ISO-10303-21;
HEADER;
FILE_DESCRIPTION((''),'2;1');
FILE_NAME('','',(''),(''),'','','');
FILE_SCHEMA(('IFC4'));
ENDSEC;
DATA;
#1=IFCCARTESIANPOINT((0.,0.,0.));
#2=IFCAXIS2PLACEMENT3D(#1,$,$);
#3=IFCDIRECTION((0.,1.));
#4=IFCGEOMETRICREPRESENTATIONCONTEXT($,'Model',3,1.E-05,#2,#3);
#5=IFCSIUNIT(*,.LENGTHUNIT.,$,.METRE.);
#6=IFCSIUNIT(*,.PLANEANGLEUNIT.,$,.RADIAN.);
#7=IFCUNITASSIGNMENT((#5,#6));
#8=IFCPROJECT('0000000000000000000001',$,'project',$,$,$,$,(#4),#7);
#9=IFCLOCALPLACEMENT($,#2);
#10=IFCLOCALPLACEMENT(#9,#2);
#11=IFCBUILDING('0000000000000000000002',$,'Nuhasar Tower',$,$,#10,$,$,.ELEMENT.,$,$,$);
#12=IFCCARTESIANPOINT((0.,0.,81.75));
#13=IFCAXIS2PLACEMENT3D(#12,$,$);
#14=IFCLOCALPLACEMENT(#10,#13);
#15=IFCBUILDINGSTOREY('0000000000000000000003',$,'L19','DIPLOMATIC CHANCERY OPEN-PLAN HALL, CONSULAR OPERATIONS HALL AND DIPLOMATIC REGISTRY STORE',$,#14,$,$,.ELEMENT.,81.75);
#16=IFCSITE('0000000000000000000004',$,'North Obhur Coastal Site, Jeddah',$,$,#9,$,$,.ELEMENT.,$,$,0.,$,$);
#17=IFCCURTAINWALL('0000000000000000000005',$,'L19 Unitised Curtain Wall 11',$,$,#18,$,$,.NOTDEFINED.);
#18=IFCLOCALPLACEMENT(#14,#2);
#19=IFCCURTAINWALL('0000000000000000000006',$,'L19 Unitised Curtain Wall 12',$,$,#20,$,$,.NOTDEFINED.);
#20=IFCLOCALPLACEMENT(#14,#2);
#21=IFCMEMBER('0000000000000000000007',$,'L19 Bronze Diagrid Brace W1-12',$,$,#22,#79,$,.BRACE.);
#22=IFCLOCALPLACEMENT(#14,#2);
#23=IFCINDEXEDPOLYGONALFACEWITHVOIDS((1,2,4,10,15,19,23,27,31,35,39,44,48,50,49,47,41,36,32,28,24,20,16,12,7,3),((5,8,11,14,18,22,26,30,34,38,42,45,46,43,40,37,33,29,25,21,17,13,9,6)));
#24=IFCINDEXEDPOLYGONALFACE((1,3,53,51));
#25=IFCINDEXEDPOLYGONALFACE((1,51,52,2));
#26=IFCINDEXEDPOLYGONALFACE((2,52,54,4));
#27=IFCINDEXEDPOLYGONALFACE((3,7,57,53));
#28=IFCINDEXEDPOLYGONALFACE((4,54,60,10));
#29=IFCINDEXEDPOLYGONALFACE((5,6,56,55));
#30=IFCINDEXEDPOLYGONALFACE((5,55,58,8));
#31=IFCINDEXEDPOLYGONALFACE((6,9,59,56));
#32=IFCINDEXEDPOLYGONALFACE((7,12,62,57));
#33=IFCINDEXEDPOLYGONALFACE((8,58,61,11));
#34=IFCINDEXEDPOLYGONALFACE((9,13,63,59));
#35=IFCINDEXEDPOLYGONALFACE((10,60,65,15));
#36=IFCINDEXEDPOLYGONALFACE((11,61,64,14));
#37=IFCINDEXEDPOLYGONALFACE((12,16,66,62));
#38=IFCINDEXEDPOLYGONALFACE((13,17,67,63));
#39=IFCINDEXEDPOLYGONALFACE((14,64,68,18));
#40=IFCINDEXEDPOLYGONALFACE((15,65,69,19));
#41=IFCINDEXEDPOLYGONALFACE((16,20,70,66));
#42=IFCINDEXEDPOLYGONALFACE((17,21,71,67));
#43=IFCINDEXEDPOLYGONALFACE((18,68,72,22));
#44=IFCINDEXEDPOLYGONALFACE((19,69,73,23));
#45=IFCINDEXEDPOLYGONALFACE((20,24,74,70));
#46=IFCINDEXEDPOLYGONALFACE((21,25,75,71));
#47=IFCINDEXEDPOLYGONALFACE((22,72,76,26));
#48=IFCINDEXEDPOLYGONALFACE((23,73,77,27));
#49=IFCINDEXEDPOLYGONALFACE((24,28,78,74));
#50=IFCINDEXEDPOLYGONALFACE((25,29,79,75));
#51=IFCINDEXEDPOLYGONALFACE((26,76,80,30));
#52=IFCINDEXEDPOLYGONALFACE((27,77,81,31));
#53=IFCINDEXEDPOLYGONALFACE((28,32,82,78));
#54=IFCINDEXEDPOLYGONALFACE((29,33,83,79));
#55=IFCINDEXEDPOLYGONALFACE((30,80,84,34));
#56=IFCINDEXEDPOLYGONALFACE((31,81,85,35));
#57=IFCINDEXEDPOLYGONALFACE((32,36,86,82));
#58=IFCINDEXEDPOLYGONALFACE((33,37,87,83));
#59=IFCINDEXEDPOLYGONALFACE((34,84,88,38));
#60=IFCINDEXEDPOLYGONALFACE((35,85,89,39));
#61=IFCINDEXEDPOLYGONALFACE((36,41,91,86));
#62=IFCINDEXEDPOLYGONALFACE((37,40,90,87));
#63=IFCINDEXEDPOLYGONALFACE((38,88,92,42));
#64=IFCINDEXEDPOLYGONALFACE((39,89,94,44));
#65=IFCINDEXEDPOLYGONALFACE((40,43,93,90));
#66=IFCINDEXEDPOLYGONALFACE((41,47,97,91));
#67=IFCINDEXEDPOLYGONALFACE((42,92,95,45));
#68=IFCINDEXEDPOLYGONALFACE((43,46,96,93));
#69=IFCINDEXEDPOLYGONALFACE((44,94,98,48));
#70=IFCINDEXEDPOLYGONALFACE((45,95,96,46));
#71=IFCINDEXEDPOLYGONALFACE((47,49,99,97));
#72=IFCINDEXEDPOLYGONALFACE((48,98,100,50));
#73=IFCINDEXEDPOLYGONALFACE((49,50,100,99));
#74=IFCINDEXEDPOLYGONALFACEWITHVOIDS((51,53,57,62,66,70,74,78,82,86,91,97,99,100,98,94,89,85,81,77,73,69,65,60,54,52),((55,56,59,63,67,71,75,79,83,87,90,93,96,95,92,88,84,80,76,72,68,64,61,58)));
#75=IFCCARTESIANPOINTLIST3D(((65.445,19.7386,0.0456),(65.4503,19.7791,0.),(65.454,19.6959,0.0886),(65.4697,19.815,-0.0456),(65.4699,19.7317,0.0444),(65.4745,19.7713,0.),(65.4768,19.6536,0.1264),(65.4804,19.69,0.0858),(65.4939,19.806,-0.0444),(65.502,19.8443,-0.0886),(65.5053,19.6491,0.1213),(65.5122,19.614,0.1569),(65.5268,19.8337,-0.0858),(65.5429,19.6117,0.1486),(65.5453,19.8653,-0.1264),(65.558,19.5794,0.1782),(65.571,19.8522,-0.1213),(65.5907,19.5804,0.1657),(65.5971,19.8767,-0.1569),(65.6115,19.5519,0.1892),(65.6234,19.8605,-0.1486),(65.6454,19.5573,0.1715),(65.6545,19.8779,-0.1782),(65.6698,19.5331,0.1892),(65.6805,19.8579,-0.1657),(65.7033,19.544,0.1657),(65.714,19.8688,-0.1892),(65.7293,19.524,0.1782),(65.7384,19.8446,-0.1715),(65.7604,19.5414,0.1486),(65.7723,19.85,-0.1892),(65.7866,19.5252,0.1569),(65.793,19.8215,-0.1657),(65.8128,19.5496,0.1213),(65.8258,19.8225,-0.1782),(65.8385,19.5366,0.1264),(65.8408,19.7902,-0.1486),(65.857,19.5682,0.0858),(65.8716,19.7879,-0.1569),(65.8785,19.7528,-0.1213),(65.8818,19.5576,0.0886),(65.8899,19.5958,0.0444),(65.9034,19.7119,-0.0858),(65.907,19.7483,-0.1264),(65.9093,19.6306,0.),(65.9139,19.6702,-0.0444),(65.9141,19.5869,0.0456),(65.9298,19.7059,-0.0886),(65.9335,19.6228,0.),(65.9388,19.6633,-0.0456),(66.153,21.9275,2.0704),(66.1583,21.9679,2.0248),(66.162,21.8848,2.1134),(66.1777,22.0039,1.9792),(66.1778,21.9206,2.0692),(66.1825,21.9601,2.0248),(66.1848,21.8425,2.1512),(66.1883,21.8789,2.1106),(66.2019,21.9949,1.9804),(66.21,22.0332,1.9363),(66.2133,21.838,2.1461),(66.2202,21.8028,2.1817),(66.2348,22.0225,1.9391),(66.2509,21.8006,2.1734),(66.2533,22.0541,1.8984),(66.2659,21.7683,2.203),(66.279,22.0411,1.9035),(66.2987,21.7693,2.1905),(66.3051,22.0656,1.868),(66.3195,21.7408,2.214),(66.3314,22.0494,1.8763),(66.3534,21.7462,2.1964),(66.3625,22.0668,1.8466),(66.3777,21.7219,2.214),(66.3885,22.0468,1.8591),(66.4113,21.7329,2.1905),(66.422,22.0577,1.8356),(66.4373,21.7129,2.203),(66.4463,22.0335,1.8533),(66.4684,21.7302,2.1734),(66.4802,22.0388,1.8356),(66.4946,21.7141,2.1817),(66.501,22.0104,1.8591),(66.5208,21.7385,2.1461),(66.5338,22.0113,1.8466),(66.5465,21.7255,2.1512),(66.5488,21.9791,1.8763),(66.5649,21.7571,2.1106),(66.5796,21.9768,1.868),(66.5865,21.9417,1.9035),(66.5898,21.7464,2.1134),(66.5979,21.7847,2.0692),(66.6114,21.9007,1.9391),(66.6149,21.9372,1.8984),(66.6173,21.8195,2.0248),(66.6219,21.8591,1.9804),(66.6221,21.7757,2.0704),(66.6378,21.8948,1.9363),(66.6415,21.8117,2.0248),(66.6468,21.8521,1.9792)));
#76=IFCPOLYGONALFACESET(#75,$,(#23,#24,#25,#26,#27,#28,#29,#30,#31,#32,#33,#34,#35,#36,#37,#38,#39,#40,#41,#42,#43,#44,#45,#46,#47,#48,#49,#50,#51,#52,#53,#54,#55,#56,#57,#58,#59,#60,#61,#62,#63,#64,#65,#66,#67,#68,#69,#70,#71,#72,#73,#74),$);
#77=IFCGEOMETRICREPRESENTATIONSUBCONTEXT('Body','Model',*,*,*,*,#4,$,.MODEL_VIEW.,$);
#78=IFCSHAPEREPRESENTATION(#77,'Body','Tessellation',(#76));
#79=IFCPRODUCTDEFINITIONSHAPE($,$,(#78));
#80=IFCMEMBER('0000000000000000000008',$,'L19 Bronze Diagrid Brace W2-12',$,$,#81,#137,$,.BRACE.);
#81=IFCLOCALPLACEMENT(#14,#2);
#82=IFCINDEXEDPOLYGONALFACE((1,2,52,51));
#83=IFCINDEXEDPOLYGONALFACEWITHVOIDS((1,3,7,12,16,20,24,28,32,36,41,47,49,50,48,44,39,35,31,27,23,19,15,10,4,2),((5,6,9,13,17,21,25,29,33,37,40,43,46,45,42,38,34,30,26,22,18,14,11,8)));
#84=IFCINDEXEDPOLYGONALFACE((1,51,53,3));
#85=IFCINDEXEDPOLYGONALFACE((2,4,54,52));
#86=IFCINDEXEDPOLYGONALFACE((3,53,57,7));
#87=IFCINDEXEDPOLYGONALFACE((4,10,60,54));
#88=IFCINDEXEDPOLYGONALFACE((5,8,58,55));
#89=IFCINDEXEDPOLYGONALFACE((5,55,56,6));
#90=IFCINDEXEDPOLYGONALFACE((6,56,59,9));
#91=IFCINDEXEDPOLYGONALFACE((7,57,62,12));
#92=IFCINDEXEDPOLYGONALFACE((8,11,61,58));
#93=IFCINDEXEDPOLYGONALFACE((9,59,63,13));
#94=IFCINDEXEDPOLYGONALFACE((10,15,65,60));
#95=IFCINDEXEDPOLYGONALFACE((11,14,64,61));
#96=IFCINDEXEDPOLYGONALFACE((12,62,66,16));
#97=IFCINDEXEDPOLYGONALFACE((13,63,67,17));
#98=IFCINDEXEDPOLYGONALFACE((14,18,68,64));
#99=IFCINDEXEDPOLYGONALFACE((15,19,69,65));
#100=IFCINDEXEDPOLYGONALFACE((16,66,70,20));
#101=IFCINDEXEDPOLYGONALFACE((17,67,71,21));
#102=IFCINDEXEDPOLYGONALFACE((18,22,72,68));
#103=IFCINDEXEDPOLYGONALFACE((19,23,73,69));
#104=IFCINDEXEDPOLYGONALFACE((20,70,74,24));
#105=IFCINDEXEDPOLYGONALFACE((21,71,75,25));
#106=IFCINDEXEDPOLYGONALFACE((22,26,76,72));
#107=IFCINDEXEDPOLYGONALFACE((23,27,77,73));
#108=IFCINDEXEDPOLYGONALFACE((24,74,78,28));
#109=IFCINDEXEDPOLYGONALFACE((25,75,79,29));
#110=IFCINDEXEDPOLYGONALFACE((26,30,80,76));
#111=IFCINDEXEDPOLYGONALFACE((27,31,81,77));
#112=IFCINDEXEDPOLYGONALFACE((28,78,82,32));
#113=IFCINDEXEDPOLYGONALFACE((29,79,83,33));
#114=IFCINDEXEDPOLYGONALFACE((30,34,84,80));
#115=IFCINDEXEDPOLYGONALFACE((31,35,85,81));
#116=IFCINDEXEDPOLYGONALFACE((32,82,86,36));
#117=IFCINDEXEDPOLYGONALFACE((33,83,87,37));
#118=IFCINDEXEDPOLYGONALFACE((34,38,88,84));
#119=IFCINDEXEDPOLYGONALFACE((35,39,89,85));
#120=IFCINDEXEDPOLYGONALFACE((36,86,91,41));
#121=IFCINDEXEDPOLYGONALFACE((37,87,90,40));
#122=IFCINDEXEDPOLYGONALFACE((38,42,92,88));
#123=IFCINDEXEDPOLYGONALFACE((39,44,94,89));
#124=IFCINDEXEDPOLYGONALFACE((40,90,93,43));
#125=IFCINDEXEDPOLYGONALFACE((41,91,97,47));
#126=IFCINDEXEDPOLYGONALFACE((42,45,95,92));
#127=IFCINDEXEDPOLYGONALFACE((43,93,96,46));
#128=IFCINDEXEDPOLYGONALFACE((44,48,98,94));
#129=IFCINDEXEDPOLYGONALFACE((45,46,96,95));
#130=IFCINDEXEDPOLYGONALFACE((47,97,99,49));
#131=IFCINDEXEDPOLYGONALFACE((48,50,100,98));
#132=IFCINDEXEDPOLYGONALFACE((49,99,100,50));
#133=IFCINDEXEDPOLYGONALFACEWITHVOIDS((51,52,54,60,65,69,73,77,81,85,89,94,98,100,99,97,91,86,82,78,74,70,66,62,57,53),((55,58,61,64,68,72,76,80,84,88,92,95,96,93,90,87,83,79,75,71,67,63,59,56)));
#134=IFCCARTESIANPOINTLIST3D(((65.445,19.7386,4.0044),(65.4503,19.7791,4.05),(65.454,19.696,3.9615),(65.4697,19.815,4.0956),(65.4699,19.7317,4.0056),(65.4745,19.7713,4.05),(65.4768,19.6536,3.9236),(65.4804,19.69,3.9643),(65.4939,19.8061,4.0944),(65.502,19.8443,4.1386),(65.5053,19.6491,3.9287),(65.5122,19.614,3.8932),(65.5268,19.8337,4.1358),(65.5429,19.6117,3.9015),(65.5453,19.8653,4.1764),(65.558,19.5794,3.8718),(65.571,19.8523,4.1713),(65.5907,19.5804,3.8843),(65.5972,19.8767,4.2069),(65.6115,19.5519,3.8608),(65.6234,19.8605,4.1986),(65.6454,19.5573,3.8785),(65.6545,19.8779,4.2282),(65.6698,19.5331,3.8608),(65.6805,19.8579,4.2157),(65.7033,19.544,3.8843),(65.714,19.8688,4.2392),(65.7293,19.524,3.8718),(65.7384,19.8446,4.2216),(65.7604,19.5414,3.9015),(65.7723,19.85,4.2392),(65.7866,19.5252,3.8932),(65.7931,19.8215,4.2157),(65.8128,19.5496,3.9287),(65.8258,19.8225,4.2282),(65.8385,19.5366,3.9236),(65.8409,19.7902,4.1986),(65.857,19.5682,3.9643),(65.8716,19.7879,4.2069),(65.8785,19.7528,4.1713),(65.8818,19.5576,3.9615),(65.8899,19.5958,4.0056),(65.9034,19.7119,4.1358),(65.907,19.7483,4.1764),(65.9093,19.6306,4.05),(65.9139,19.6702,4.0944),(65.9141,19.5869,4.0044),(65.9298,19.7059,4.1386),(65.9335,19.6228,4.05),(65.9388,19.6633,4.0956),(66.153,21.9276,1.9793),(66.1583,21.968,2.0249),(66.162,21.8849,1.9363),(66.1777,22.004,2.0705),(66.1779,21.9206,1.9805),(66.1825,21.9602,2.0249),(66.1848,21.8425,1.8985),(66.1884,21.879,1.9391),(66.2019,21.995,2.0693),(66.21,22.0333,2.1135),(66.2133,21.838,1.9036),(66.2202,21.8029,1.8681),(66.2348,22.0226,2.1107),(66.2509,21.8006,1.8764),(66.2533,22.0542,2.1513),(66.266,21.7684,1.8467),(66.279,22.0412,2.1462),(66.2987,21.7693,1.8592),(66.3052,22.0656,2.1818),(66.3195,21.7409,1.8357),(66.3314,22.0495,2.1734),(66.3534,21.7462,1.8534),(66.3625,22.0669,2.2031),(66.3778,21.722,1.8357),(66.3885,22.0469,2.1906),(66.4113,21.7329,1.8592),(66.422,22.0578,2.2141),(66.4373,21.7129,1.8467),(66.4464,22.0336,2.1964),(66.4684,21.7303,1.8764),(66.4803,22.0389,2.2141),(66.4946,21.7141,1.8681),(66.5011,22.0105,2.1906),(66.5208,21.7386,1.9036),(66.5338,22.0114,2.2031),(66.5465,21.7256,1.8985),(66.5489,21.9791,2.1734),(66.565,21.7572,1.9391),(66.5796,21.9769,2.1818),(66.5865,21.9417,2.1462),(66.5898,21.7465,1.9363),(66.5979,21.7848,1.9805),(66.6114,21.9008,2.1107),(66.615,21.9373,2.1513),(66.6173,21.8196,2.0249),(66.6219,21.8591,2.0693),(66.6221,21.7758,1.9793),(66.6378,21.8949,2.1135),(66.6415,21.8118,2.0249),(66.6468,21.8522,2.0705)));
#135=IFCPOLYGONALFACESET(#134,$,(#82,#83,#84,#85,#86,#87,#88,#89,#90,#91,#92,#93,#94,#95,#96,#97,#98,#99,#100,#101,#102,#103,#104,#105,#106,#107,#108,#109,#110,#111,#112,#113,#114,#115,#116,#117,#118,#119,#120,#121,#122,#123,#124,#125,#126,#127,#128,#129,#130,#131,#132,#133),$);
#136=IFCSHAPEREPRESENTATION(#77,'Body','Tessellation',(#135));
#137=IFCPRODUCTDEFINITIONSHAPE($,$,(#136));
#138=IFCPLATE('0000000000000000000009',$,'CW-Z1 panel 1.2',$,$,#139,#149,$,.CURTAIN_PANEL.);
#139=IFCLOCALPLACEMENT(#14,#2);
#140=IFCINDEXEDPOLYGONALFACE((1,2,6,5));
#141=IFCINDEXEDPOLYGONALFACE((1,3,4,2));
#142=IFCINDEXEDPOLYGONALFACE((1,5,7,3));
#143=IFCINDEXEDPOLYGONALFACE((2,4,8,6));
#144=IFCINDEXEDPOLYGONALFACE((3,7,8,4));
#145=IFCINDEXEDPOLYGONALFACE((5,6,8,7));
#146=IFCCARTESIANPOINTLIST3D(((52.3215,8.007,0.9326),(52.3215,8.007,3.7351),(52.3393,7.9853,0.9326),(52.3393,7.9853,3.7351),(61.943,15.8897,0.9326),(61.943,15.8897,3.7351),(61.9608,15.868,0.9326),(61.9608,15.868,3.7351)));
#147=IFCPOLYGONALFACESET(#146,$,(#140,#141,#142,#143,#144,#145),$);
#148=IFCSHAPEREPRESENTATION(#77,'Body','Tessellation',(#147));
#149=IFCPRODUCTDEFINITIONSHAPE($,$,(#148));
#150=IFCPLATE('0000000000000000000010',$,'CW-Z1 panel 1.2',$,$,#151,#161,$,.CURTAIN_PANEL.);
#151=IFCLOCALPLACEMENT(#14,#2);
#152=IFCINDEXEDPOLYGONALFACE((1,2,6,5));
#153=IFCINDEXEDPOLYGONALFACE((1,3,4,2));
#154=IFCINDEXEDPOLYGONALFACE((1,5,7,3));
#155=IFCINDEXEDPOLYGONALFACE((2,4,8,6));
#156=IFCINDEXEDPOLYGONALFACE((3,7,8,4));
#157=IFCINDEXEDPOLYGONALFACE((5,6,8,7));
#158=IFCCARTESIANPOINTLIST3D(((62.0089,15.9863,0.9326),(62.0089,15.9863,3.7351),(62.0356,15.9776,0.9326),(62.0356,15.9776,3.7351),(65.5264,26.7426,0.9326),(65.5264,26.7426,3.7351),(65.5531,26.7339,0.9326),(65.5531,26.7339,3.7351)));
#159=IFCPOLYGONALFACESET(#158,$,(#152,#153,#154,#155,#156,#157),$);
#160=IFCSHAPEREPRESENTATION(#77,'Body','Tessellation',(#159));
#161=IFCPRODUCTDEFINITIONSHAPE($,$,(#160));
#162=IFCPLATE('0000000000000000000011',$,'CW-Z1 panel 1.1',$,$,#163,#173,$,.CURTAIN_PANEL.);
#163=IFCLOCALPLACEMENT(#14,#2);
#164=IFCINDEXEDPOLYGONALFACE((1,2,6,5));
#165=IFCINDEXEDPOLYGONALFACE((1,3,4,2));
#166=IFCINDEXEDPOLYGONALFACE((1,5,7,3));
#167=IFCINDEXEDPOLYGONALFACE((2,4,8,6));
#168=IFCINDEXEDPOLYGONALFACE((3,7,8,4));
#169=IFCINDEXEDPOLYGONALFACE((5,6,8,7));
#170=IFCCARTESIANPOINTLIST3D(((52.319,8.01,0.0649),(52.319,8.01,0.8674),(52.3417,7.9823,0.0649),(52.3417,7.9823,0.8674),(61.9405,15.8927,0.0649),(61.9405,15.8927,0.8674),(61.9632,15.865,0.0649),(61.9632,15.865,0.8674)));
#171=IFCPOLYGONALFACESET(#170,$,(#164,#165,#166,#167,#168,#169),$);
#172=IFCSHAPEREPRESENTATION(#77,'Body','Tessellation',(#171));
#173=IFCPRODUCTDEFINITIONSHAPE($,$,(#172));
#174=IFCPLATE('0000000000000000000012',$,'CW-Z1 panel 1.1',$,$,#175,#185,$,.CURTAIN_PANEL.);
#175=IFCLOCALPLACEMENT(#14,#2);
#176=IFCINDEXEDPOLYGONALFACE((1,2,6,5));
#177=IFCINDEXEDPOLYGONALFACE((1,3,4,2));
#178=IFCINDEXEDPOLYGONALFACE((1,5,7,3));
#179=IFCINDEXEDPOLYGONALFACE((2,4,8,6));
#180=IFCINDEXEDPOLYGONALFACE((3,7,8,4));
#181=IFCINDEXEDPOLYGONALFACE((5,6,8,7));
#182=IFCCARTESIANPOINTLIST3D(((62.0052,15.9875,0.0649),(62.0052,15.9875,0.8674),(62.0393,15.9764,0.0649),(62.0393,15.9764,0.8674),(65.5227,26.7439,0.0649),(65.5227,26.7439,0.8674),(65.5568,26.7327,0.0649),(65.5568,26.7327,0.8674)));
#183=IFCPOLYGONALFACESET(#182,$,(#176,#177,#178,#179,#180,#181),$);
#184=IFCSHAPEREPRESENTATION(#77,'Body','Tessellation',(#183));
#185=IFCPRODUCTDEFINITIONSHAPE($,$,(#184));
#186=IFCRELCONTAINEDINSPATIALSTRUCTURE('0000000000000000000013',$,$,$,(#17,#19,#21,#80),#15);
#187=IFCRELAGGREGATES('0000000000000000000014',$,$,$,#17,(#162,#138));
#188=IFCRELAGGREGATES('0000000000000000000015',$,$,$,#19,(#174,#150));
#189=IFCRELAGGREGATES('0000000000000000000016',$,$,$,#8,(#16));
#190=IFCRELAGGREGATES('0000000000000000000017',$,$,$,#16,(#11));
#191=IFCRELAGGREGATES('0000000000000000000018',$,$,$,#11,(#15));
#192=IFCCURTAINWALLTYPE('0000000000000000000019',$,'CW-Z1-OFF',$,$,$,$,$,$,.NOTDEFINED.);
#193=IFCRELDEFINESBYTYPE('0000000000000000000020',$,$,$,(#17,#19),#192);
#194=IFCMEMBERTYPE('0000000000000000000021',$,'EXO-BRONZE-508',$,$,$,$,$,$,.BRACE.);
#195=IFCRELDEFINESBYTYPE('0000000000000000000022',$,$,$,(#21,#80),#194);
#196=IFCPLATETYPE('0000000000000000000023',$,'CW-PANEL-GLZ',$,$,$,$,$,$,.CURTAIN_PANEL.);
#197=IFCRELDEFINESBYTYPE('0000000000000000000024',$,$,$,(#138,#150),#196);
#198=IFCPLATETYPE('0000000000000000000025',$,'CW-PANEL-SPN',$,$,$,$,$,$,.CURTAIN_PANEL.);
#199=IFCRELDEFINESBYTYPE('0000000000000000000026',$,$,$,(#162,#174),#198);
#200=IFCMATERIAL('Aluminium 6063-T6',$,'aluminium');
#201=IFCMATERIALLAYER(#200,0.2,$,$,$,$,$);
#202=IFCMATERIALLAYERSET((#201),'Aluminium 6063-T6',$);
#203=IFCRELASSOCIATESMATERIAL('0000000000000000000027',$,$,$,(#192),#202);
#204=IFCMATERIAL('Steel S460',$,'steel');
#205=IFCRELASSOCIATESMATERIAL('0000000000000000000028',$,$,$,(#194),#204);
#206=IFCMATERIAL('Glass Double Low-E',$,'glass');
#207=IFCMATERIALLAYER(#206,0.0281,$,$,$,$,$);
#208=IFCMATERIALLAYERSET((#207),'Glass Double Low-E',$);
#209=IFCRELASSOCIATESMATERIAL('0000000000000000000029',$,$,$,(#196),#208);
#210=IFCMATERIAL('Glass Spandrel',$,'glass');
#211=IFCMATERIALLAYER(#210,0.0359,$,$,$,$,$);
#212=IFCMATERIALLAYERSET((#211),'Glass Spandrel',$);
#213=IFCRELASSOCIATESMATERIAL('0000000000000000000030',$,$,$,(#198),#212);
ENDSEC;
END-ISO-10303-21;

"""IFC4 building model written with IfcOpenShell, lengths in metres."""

from ifc_helpers import new_model, si_unit, direction, frame, origin, origin_2d, place, context, subcontext, project, spatial, rectangle, hollow_circle, extrude, material, layer, layer_set, material_profile, profile_set, type_object, element, aggregate, save


model = new_model("IFC4")

# Units and contexts
model_context = context("Model", 3, precision=1e-05, world=origin(), true_north=direction((0.0, 1.0)))
body_context = subcontext(model_context, "Body", "Model", "MODEL_VIEW")
ifc_project = project(units=[si_unit("LENGTHUNIT", "METRE"), si_unit("PLANEANGLEUNIT", "RADIAN")], contexts=[model_context])

# Site, building, storey
site_placement = place(None, origin())
site = spatial("IfcSite", under=ifc_project, at=site_placement, Name="North Obhur Coastal Site, Jeddah", CompositionType="ELEMENT", RefElevation=0.0)
building_placement = place(site_placement, origin())
building = spatial("IfcBuilding", under=site, at=building_placement, Name="Nuhasar Tower", CompositionType="ELEMENT")
storey_placement = place(building_placement, frame((0.0, 0.0, 81.75)))
storey = spatial("IfcBuildingStorey", under=building, at=storey_placement, Name="L19", Description="DIPLOMATIC CHANCERY OPEN-PLAN HALL, CONSULAR OPERATIONS HALL AND DIPLOMATIC REGISTRY STORE", CompositionType="ELEMENT", Elevation=81.75)

# Curtain wall
ifc_material_1 = material(Name="Aluminium 6063-T6", Category="aluminium")
ifc_layer_1 = layer(ifc_material_1, 0.2)
ifc_layer_set_1 = layer_set([ifc_layer_1], Name="Aluminium 6063-T6")
curtain_wall_type = type_object("IfcCurtainWallType", Name="CW-Z1-OFF", PredefinedType="NOTDEFINED", material=ifc_layer_set_1)
curtain_wall_1_placement = place(storey_placement, origin())
curtain_wall_1 = element("IfcCurtainWall", 1, at=curtain_wall_1_placement, inside=storey, type_object=curtain_wall_type, Name="L19 Unitised Curtain Wall 11", PredefinedType="NOTDEFINED")

# Curtain wall
curtain_wall_2_placement = place(storey_placement, origin())
curtain_wall_2 = element("IfcCurtainWall", 2, at=curtain_wall_2_placement, inside=storey, type_object=curtain_wall_type, Name="L19 Unitised Curtain Wall 12", PredefinedType="NOTDEFINED")

# Members
ifc_material_2 = material(Name="Steel S460", Category="steel")
ifc_material_profile_1 = material_profile(ifc_material_2, hollow_circle(Radius=0.2539, WallThickness=0.0254, at=origin_2d()), Name="HSS508X25.4")
ifc_profile_set_1 = profile_set([ifc_material_profile_1], Name="Steel S460")
member_type_1 = type_object("IfcMemberType", Name="EXO-BRONZE-508", PredefinedType="BRACE", material=ifc_profile_set_1)
member_1_placement = place(storey_placement, frame((65.6919, 19.7009, 0.0), z_axis=(0.231012, 0.714225, 0.660694), x_axis=(-0.951468, 0.307747, 0.0)))
element("IfcMember", 3, at=member_1_placement, inside=storey, type_object=member_type_1, Name="L19 Bronze Diagrid Brace W1-12", PredefinedType="BRACE", context=body_context, shape_type="SweptSolid", body=[
    extrude(hollow_circle(Radius=0.2539, WallThickness=0.0254, at=origin_2d()), origin(), (0.0, 0.0, 1.0), 3.0647),
])
member_2_placement = place(storey_placement, frame((66.3999, 21.8899, 2.0249), z_axis=(-0.231, -0.714187, 0.660739), x_axis=(0.951468, -0.307747, 0.0)))
element("IfcMember", 4, at=member_2_placement, inside=storey, type_object=member_type_1, Name="L19 Bronze Diagrid Brace W2-12", PredefinedType="BRACE", context=body_context, shape_type="SweptSolid", body=[
    extrude(hollow_circle(Radius=0.2539, WallThickness=0.0254, at=origin_2d()), origin(), (0.0, 0.0, 1.0), 3.0649),
])

# Plates
ifc_material_3 = material(Name="Glass Double Low-E", Category="glass")
ifc_layer_2 = layer(ifc_material_3, 0.0281)
ifc_layer_set_2 = layer_set([ifc_layer_2], Name="Glass Double Low-E")
plate_type_1 = type_object("IfcPlateType", Name="CW-PANEL-GLZ", PredefinedType="CURTAIN_PANEL", material=ifc_layer_set_2)
plate_1_placement = place(storey_placement, frame((57.1411, 11.9375, 0.9326), z_axis=(0.0, 0.0, 1.0), x_axis=(0.773542, 0.633745, 0.0)))
plate_1 = element("IfcPlate", 5, at=plate_1_placement, type_object=plate_type_1, Name="CW-Z1 panel 1.2", PredefinedType="CURTAIN_PANEL", context=body_context, shape_type="SweptSolid", body=[
    extrude(rectangle(XDim=12.4382, YDim=0.0281, at=origin_2d()), origin(), (0.0, 0.0, 1.0), 2.8025),
])
plate_2_placement = place(storey_placement, frame((63.781, 21.3601, 0.9326), z_axis=(0.0, 0.0, 1.0), x_axis=(0.310824, 0.950468, 0.0)))
plate_2 = element("IfcPlate", 6, at=plate_2_placement, type_object=plate_type_1, Name="CW-Z1 panel 1.2", PredefinedType="CURTAIN_PANEL", context=body_context, shape_type="SweptSolid", body=[
    extrude(rectangle(XDim=11.3169, YDim=0.0281, at=origin_2d()), origin(), (0.0, 0.0, 1.0), 2.8025),
])
ifc_material_4 = material(Name="Glass Spandrel", Category="glass")
ifc_layer_3 = layer(ifc_material_4, 0.0359)
ifc_layer_set_3 = layer_set([ifc_layer_3], Name="Glass Spandrel")
plate_type_2 = type_object("IfcPlateType", Name="CW-PANEL-SPN", PredefinedType="CURTAIN_PANEL", material=ifc_layer_set_3)
plate_3_placement = place(storey_placement, frame((57.1411, 11.9375, 0.0649), z_axis=(0.0, 0.0, 1.0), x_axis=(0.773542, 0.633745, 0.0)))
plate_3 = element("IfcPlate", 7, at=plate_3_placement, type_object=plate_type_2, Name="CW-Z1 panel 1.1", PredefinedType="CURTAIN_PANEL", context=body_context, shape_type="SweptSolid", body=[
    extrude(rectangle(XDim=12.4382, YDim=0.0359, at=origin_2d()), origin(), (0.0, 0.0, 1.0), 0.8025),
])
aggregate(curtain_wall_1, [plate_3, plate_1])
plate_4_placement = place(storey_placement, frame((63.781, 21.3601, 0.0649), z_axis=(0.0, 0.0, 1.0), x_axis=(0.310824, 0.950468, 0.0)))
plate_4 = element("IfcPlate", 8, at=plate_4_placement, type_object=plate_type_2, Name="CW-Z1 panel 1.1", PredefinedType="CURTAIN_PANEL", context=body_context, shape_type="SweptSolid", body=[
    extrude(rectangle(XDim=11.3169, YDim=0.0359, at=origin_2d()), origin(), (0.0, 0.0, 1.0), 0.8025),
])
aggregate(curtain_wall_2, [plate_4, plate_2])

save(model, "model.ifc")
